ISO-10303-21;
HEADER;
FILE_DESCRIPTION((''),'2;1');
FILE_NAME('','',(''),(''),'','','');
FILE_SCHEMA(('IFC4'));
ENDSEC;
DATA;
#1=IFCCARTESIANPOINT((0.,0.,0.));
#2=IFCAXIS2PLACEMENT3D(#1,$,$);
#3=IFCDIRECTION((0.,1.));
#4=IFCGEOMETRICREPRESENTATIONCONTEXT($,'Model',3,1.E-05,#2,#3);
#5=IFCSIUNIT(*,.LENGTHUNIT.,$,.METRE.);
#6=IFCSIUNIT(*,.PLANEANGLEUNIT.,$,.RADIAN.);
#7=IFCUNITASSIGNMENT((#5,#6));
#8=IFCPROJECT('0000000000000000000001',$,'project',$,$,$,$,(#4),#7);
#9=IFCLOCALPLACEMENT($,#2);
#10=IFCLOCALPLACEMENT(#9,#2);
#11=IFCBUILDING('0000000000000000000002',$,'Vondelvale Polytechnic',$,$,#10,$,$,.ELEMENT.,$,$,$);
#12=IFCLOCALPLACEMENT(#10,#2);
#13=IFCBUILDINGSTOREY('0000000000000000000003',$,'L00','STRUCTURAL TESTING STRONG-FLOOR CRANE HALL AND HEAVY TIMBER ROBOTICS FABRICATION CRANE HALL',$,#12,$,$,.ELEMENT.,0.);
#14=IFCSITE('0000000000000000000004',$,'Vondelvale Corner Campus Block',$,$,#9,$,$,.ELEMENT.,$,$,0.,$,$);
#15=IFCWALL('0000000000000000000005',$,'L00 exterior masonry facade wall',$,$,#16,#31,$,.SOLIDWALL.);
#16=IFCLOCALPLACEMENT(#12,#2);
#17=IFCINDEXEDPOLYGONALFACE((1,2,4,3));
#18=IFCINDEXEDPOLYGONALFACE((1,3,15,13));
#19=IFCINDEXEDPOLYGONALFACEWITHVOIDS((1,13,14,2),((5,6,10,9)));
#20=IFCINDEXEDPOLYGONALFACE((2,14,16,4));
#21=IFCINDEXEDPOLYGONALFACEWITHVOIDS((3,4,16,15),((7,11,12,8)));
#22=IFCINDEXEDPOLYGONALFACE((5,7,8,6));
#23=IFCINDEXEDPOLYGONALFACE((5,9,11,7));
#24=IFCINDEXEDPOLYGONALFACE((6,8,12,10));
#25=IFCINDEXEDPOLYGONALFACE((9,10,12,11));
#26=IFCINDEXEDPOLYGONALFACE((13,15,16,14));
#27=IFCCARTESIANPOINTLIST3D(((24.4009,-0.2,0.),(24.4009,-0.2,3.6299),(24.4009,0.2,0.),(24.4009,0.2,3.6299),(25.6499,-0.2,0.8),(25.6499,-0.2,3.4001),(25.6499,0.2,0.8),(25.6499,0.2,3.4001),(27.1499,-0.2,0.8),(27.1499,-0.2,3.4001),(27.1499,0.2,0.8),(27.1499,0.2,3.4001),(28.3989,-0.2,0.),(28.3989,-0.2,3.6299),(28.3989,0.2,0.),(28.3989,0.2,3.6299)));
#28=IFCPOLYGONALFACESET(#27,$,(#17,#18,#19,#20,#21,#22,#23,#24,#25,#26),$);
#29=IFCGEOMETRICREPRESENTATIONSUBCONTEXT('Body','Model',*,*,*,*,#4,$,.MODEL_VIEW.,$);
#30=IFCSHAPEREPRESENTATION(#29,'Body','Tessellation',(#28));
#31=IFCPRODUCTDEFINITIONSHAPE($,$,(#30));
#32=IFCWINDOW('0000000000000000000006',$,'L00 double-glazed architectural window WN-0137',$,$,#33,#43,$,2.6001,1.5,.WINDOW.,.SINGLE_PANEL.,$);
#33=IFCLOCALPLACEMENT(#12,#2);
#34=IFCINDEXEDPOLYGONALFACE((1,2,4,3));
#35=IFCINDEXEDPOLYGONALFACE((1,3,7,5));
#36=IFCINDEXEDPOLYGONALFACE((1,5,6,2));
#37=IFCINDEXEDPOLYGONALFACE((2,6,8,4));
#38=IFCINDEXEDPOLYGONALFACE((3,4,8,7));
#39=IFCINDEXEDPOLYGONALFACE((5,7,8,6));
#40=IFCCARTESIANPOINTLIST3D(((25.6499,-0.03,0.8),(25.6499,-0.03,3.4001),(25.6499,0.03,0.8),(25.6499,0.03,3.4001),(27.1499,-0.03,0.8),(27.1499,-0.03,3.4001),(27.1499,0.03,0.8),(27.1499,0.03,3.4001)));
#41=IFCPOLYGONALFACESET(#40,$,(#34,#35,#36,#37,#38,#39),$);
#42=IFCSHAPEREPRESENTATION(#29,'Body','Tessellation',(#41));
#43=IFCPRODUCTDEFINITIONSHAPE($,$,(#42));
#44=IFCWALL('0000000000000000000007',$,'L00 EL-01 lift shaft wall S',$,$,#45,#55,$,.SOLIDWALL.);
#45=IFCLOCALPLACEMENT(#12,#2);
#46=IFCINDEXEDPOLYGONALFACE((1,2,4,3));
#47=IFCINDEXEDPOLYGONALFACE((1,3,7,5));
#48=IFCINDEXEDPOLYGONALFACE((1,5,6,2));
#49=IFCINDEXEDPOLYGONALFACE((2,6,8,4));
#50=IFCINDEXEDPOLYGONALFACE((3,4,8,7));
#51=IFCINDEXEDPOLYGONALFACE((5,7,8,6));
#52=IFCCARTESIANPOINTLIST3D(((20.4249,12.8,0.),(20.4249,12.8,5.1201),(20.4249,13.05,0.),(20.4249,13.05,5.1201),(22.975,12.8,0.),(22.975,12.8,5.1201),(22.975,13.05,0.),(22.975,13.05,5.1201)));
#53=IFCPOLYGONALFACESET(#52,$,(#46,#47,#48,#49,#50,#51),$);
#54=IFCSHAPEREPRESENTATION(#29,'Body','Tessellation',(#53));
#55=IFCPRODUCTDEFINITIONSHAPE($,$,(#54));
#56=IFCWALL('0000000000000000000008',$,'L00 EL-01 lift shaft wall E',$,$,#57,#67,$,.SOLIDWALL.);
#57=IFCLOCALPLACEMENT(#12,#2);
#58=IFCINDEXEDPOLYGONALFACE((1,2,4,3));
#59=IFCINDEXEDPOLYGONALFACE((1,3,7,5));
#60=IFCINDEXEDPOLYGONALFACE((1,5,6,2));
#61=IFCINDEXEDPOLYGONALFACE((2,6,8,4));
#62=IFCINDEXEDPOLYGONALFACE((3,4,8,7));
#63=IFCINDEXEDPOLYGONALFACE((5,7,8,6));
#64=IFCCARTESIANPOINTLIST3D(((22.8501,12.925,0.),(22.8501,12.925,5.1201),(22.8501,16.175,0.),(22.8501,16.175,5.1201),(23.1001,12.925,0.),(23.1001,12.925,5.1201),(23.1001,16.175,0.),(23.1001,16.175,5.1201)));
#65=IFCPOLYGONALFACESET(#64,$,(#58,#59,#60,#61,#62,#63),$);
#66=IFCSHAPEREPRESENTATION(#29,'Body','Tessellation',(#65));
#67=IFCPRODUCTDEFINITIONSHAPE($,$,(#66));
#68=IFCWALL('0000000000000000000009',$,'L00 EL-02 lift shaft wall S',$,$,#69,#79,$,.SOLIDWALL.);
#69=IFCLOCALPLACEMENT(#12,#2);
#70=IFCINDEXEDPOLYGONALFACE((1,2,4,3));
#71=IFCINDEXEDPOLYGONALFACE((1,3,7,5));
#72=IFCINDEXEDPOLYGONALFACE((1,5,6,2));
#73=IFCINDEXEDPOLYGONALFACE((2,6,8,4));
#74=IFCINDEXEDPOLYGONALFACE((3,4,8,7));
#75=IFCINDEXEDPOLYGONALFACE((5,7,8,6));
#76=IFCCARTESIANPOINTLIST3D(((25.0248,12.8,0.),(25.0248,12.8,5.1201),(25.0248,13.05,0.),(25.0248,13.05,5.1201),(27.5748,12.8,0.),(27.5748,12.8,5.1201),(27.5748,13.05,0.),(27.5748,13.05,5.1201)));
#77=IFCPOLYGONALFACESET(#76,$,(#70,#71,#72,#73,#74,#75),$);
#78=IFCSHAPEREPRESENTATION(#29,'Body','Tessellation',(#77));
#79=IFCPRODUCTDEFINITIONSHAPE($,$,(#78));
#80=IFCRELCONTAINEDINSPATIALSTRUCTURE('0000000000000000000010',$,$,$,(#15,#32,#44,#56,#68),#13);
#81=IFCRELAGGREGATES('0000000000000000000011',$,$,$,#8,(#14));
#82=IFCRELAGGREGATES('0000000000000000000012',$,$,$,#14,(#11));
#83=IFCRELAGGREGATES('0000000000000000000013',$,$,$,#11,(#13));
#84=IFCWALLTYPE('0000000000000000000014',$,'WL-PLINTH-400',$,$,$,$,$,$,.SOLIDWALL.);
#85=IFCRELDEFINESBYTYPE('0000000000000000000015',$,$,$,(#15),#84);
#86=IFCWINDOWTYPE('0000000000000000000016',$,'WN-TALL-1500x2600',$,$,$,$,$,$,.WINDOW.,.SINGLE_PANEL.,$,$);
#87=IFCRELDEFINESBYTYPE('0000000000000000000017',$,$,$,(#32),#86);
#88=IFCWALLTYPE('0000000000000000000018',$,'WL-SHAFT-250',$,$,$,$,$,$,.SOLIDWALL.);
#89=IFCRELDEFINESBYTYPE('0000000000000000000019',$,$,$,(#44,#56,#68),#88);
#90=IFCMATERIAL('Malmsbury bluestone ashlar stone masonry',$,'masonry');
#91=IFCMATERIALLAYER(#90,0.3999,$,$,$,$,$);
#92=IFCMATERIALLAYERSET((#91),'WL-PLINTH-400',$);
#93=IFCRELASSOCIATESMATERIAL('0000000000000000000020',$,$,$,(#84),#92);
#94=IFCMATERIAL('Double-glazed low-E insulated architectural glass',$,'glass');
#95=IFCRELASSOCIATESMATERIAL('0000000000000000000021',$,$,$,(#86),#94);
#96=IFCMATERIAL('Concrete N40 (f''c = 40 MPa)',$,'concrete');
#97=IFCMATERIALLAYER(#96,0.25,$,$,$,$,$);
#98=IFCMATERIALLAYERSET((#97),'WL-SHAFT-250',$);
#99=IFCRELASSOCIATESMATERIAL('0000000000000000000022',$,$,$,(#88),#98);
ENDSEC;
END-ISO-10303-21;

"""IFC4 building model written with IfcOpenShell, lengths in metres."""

from ifc_helpers import new_model, si_unit, direction, frame, frame_2d, origin, place, context, subcontext, project, spatial, rectangle, extrude, material, layer, layer_set, type_object, element, fill, save


model = new_model("IFC4")

# Units and contexts
model_context = context("Model", 3, precision=1e-05, world=origin(), true_north=direction((0.0, 1.0)))
body_context = subcontext(model_context, "Body", "Model", "MODEL_VIEW")
ifc_project = project(units=[si_unit("LENGTHUNIT", "METRE"), si_unit("PLANEANGLEUNIT", "RADIAN")], contexts=[model_context])

# Site, building, storey
site_placement = place(None, origin())
site = spatial("IfcSite", under=ifc_project, at=site_placement, Name="Vondelvale Corner Campus Block", CompositionType="ELEMENT", RefElevation=0.0)
building_placement = place(site_placement, origin())
building = spatial("IfcBuilding", under=site, at=building_placement, Name="Vondelvale Polytechnic", CompositionType="ELEMENT")
storey_placement = place(building_placement, origin())
storey = spatial("IfcBuildingStorey", under=building, at=storey_placement, Name="L00", Description="STRUCTURAL TESTING STRONG-FLOOR CRANE HALL AND HEAVY TIMBER ROBOTICS FABRICATION CRANE HALL", CompositionType="ELEMENT", Elevation=0.0)

# Shared definitions
ifc_material_1 = material(Name="Concrete N40 (f'c = 40 MPa)", Category="concrete")

# Shared definitions
ifc_material_2 = material(Name="Malmsbury bluestone ashlar stone masonry", Category="masonry")
ifc_layer_1 = layer(ifc_material_2, 0.3999)
ifc_layer_set_1 = layer_set([ifc_layer_1], Name="WL-PLINTH-400")
wall_type_1 = type_object("IfcWallType", Name="WL-PLINTH-400", PredefinedType="SOLIDWALL", material=ifc_layer_set_1)

# Wall, opening, window
ifc_material_3 = material(Name="Double-glazed low-E insulated architectural glass", Category="glass")
window_type = type_object("IfcWindowType", Name="WN-TALL-1500x2600", PartitioningType="SINGLE_PANEL", PredefinedType="WINDOW", material=ifc_material_3)
wall_1_placement = place(storey_placement, frame((28.3989, 0.0, 0.0), z_axis=(0.0, 0.0, 1.0), x_axis=(-1.0, 0.0, 0.0)))
wall_1 = element("IfcWall", 1, at=wall_1_placement, inside=storey, type_object=wall_type_1, Name="L00 exterior masonry facade wall", PredefinedType="SOLIDWALL", context=body_context, shape_type="SweptSolid", body=[
    extrude(rectangle(XDim=3.998, YDim=0.3999, at=frame_2d((1.999, 0.0))), origin(), (0.0, 0.0, 1.0), 3.6299),
])
opening_1_placement = place(wall_1_placement, frame((1.249, 0.0, 0.8)))
opening_1 = element("IfcOpeningElement", 2, at=opening_1_placement, cuts=wall_1, PredefinedType="OPENING", context=body_context, shape_type="SweptSolid", body=[
    extrude(rectangle(XDim=1.5, YDim=2.6001, at=frame_2d((0.75, 1.3))), frame((0.0, 0.21, 0.0), z_axis=(0.0, -1.0, 0.0), x_axis=(1.0, 0.0, 0.0)), (0.0, 0.0, 1.0), 0.4199),
])
window_1_placement = place(opening_1_placement, origin())
window_1 = element("IfcWindow", 3, at=window_1_placement, inside=storey, type_object=window_type, Name="L00 double-glazed architectural window WN-0137", OverallHeight=2.6001, OverallWidth=1.5, PartitioningType="SINGLE_PANEL", PredefinedType="WINDOW", context=body_context, shape_type="SweptSolid", body=[
    extrude(rectangle(XDim=1.5, YDim=2.6001, at=frame_2d((0.75, 1.3))), frame((0.0, 0.03, 0.0), z_axis=(0.0, -1.0, 0.0), x_axis=(1.0, 0.0, 0.0)), (0.0, 0.0, 1.0), 0.0601),
])
fill(opening_1, window_1)

# Walls
ifc_layer_2 = layer(ifc_material_1, 0.25)
ifc_layer_set_2 = layer_set([ifc_layer_2], Name="WL-SHAFT-250")
wall_type_2 = type_object("IfcWallType", Name="WL-SHAFT-250", PredefinedType="SOLIDWALL", material=ifc_layer_set_2)
wall_2_placement = place(storey_placement, frame((20.425, 12.925, 0.0), z_axis=(0.0, 0.0, 1.0), x_axis=(1.0, 0.0, 0.0)))
element("IfcWall", 4, at=wall_2_placement, inside=storey, type_object=wall_type_2, Name="L00 EL-01 lift shaft wall S", PredefinedType="SOLIDWALL", context=body_context, shape_type="SweptSolid", body=[
    extrude(rectangle(XDim=2.55, YDim=0.25, at=frame_2d((1.2749, 0.0))), origin(), (0.0, 0.0, 1.0), 5.1201),
])
wall_3_placement = place(storey_placement, frame((22.9751, 12.925, 0.0), z_axis=(0.0, 0.0, 1.0), x_axis=(0.0, 1.0, 0.0)))
element("IfcWall", 5, at=wall_3_placement, inside=storey, type_object=wall_type_2, Name="L00 EL-01 lift shaft wall E", PredefinedType="SOLIDWALL", context=body_context, shape_type="SweptSolid", body=[
    extrude(rectangle(XDim=3.25, YDim=0.25, at=frame_2d((1.625, 0.0))), origin(), (0.0, 0.0, 1.0), 5.1201),
])
wall_4_placement = place(storey_placement, frame((25.0249, 12.925, 0.0), z_axis=(0.0, 0.0, 1.0), x_axis=(1.0, 0.0, 0.0)))
element("IfcWall", 6, at=wall_4_placement, inside=storey, type_object=wall_type_2, Name="L00 EL-02 lift shaft wall S", PredefinedType="SOLIDWALL", context=body_context, shape_type="SweptSolid", body=[
    extrude(rectangle(XDim=2.55, YDim=0.25, at=frame_2d((1.2749, 0.0))), origin(), (0.0, 0.0, 1.0), 5.1201),
])

save(model, "model.ifc")
